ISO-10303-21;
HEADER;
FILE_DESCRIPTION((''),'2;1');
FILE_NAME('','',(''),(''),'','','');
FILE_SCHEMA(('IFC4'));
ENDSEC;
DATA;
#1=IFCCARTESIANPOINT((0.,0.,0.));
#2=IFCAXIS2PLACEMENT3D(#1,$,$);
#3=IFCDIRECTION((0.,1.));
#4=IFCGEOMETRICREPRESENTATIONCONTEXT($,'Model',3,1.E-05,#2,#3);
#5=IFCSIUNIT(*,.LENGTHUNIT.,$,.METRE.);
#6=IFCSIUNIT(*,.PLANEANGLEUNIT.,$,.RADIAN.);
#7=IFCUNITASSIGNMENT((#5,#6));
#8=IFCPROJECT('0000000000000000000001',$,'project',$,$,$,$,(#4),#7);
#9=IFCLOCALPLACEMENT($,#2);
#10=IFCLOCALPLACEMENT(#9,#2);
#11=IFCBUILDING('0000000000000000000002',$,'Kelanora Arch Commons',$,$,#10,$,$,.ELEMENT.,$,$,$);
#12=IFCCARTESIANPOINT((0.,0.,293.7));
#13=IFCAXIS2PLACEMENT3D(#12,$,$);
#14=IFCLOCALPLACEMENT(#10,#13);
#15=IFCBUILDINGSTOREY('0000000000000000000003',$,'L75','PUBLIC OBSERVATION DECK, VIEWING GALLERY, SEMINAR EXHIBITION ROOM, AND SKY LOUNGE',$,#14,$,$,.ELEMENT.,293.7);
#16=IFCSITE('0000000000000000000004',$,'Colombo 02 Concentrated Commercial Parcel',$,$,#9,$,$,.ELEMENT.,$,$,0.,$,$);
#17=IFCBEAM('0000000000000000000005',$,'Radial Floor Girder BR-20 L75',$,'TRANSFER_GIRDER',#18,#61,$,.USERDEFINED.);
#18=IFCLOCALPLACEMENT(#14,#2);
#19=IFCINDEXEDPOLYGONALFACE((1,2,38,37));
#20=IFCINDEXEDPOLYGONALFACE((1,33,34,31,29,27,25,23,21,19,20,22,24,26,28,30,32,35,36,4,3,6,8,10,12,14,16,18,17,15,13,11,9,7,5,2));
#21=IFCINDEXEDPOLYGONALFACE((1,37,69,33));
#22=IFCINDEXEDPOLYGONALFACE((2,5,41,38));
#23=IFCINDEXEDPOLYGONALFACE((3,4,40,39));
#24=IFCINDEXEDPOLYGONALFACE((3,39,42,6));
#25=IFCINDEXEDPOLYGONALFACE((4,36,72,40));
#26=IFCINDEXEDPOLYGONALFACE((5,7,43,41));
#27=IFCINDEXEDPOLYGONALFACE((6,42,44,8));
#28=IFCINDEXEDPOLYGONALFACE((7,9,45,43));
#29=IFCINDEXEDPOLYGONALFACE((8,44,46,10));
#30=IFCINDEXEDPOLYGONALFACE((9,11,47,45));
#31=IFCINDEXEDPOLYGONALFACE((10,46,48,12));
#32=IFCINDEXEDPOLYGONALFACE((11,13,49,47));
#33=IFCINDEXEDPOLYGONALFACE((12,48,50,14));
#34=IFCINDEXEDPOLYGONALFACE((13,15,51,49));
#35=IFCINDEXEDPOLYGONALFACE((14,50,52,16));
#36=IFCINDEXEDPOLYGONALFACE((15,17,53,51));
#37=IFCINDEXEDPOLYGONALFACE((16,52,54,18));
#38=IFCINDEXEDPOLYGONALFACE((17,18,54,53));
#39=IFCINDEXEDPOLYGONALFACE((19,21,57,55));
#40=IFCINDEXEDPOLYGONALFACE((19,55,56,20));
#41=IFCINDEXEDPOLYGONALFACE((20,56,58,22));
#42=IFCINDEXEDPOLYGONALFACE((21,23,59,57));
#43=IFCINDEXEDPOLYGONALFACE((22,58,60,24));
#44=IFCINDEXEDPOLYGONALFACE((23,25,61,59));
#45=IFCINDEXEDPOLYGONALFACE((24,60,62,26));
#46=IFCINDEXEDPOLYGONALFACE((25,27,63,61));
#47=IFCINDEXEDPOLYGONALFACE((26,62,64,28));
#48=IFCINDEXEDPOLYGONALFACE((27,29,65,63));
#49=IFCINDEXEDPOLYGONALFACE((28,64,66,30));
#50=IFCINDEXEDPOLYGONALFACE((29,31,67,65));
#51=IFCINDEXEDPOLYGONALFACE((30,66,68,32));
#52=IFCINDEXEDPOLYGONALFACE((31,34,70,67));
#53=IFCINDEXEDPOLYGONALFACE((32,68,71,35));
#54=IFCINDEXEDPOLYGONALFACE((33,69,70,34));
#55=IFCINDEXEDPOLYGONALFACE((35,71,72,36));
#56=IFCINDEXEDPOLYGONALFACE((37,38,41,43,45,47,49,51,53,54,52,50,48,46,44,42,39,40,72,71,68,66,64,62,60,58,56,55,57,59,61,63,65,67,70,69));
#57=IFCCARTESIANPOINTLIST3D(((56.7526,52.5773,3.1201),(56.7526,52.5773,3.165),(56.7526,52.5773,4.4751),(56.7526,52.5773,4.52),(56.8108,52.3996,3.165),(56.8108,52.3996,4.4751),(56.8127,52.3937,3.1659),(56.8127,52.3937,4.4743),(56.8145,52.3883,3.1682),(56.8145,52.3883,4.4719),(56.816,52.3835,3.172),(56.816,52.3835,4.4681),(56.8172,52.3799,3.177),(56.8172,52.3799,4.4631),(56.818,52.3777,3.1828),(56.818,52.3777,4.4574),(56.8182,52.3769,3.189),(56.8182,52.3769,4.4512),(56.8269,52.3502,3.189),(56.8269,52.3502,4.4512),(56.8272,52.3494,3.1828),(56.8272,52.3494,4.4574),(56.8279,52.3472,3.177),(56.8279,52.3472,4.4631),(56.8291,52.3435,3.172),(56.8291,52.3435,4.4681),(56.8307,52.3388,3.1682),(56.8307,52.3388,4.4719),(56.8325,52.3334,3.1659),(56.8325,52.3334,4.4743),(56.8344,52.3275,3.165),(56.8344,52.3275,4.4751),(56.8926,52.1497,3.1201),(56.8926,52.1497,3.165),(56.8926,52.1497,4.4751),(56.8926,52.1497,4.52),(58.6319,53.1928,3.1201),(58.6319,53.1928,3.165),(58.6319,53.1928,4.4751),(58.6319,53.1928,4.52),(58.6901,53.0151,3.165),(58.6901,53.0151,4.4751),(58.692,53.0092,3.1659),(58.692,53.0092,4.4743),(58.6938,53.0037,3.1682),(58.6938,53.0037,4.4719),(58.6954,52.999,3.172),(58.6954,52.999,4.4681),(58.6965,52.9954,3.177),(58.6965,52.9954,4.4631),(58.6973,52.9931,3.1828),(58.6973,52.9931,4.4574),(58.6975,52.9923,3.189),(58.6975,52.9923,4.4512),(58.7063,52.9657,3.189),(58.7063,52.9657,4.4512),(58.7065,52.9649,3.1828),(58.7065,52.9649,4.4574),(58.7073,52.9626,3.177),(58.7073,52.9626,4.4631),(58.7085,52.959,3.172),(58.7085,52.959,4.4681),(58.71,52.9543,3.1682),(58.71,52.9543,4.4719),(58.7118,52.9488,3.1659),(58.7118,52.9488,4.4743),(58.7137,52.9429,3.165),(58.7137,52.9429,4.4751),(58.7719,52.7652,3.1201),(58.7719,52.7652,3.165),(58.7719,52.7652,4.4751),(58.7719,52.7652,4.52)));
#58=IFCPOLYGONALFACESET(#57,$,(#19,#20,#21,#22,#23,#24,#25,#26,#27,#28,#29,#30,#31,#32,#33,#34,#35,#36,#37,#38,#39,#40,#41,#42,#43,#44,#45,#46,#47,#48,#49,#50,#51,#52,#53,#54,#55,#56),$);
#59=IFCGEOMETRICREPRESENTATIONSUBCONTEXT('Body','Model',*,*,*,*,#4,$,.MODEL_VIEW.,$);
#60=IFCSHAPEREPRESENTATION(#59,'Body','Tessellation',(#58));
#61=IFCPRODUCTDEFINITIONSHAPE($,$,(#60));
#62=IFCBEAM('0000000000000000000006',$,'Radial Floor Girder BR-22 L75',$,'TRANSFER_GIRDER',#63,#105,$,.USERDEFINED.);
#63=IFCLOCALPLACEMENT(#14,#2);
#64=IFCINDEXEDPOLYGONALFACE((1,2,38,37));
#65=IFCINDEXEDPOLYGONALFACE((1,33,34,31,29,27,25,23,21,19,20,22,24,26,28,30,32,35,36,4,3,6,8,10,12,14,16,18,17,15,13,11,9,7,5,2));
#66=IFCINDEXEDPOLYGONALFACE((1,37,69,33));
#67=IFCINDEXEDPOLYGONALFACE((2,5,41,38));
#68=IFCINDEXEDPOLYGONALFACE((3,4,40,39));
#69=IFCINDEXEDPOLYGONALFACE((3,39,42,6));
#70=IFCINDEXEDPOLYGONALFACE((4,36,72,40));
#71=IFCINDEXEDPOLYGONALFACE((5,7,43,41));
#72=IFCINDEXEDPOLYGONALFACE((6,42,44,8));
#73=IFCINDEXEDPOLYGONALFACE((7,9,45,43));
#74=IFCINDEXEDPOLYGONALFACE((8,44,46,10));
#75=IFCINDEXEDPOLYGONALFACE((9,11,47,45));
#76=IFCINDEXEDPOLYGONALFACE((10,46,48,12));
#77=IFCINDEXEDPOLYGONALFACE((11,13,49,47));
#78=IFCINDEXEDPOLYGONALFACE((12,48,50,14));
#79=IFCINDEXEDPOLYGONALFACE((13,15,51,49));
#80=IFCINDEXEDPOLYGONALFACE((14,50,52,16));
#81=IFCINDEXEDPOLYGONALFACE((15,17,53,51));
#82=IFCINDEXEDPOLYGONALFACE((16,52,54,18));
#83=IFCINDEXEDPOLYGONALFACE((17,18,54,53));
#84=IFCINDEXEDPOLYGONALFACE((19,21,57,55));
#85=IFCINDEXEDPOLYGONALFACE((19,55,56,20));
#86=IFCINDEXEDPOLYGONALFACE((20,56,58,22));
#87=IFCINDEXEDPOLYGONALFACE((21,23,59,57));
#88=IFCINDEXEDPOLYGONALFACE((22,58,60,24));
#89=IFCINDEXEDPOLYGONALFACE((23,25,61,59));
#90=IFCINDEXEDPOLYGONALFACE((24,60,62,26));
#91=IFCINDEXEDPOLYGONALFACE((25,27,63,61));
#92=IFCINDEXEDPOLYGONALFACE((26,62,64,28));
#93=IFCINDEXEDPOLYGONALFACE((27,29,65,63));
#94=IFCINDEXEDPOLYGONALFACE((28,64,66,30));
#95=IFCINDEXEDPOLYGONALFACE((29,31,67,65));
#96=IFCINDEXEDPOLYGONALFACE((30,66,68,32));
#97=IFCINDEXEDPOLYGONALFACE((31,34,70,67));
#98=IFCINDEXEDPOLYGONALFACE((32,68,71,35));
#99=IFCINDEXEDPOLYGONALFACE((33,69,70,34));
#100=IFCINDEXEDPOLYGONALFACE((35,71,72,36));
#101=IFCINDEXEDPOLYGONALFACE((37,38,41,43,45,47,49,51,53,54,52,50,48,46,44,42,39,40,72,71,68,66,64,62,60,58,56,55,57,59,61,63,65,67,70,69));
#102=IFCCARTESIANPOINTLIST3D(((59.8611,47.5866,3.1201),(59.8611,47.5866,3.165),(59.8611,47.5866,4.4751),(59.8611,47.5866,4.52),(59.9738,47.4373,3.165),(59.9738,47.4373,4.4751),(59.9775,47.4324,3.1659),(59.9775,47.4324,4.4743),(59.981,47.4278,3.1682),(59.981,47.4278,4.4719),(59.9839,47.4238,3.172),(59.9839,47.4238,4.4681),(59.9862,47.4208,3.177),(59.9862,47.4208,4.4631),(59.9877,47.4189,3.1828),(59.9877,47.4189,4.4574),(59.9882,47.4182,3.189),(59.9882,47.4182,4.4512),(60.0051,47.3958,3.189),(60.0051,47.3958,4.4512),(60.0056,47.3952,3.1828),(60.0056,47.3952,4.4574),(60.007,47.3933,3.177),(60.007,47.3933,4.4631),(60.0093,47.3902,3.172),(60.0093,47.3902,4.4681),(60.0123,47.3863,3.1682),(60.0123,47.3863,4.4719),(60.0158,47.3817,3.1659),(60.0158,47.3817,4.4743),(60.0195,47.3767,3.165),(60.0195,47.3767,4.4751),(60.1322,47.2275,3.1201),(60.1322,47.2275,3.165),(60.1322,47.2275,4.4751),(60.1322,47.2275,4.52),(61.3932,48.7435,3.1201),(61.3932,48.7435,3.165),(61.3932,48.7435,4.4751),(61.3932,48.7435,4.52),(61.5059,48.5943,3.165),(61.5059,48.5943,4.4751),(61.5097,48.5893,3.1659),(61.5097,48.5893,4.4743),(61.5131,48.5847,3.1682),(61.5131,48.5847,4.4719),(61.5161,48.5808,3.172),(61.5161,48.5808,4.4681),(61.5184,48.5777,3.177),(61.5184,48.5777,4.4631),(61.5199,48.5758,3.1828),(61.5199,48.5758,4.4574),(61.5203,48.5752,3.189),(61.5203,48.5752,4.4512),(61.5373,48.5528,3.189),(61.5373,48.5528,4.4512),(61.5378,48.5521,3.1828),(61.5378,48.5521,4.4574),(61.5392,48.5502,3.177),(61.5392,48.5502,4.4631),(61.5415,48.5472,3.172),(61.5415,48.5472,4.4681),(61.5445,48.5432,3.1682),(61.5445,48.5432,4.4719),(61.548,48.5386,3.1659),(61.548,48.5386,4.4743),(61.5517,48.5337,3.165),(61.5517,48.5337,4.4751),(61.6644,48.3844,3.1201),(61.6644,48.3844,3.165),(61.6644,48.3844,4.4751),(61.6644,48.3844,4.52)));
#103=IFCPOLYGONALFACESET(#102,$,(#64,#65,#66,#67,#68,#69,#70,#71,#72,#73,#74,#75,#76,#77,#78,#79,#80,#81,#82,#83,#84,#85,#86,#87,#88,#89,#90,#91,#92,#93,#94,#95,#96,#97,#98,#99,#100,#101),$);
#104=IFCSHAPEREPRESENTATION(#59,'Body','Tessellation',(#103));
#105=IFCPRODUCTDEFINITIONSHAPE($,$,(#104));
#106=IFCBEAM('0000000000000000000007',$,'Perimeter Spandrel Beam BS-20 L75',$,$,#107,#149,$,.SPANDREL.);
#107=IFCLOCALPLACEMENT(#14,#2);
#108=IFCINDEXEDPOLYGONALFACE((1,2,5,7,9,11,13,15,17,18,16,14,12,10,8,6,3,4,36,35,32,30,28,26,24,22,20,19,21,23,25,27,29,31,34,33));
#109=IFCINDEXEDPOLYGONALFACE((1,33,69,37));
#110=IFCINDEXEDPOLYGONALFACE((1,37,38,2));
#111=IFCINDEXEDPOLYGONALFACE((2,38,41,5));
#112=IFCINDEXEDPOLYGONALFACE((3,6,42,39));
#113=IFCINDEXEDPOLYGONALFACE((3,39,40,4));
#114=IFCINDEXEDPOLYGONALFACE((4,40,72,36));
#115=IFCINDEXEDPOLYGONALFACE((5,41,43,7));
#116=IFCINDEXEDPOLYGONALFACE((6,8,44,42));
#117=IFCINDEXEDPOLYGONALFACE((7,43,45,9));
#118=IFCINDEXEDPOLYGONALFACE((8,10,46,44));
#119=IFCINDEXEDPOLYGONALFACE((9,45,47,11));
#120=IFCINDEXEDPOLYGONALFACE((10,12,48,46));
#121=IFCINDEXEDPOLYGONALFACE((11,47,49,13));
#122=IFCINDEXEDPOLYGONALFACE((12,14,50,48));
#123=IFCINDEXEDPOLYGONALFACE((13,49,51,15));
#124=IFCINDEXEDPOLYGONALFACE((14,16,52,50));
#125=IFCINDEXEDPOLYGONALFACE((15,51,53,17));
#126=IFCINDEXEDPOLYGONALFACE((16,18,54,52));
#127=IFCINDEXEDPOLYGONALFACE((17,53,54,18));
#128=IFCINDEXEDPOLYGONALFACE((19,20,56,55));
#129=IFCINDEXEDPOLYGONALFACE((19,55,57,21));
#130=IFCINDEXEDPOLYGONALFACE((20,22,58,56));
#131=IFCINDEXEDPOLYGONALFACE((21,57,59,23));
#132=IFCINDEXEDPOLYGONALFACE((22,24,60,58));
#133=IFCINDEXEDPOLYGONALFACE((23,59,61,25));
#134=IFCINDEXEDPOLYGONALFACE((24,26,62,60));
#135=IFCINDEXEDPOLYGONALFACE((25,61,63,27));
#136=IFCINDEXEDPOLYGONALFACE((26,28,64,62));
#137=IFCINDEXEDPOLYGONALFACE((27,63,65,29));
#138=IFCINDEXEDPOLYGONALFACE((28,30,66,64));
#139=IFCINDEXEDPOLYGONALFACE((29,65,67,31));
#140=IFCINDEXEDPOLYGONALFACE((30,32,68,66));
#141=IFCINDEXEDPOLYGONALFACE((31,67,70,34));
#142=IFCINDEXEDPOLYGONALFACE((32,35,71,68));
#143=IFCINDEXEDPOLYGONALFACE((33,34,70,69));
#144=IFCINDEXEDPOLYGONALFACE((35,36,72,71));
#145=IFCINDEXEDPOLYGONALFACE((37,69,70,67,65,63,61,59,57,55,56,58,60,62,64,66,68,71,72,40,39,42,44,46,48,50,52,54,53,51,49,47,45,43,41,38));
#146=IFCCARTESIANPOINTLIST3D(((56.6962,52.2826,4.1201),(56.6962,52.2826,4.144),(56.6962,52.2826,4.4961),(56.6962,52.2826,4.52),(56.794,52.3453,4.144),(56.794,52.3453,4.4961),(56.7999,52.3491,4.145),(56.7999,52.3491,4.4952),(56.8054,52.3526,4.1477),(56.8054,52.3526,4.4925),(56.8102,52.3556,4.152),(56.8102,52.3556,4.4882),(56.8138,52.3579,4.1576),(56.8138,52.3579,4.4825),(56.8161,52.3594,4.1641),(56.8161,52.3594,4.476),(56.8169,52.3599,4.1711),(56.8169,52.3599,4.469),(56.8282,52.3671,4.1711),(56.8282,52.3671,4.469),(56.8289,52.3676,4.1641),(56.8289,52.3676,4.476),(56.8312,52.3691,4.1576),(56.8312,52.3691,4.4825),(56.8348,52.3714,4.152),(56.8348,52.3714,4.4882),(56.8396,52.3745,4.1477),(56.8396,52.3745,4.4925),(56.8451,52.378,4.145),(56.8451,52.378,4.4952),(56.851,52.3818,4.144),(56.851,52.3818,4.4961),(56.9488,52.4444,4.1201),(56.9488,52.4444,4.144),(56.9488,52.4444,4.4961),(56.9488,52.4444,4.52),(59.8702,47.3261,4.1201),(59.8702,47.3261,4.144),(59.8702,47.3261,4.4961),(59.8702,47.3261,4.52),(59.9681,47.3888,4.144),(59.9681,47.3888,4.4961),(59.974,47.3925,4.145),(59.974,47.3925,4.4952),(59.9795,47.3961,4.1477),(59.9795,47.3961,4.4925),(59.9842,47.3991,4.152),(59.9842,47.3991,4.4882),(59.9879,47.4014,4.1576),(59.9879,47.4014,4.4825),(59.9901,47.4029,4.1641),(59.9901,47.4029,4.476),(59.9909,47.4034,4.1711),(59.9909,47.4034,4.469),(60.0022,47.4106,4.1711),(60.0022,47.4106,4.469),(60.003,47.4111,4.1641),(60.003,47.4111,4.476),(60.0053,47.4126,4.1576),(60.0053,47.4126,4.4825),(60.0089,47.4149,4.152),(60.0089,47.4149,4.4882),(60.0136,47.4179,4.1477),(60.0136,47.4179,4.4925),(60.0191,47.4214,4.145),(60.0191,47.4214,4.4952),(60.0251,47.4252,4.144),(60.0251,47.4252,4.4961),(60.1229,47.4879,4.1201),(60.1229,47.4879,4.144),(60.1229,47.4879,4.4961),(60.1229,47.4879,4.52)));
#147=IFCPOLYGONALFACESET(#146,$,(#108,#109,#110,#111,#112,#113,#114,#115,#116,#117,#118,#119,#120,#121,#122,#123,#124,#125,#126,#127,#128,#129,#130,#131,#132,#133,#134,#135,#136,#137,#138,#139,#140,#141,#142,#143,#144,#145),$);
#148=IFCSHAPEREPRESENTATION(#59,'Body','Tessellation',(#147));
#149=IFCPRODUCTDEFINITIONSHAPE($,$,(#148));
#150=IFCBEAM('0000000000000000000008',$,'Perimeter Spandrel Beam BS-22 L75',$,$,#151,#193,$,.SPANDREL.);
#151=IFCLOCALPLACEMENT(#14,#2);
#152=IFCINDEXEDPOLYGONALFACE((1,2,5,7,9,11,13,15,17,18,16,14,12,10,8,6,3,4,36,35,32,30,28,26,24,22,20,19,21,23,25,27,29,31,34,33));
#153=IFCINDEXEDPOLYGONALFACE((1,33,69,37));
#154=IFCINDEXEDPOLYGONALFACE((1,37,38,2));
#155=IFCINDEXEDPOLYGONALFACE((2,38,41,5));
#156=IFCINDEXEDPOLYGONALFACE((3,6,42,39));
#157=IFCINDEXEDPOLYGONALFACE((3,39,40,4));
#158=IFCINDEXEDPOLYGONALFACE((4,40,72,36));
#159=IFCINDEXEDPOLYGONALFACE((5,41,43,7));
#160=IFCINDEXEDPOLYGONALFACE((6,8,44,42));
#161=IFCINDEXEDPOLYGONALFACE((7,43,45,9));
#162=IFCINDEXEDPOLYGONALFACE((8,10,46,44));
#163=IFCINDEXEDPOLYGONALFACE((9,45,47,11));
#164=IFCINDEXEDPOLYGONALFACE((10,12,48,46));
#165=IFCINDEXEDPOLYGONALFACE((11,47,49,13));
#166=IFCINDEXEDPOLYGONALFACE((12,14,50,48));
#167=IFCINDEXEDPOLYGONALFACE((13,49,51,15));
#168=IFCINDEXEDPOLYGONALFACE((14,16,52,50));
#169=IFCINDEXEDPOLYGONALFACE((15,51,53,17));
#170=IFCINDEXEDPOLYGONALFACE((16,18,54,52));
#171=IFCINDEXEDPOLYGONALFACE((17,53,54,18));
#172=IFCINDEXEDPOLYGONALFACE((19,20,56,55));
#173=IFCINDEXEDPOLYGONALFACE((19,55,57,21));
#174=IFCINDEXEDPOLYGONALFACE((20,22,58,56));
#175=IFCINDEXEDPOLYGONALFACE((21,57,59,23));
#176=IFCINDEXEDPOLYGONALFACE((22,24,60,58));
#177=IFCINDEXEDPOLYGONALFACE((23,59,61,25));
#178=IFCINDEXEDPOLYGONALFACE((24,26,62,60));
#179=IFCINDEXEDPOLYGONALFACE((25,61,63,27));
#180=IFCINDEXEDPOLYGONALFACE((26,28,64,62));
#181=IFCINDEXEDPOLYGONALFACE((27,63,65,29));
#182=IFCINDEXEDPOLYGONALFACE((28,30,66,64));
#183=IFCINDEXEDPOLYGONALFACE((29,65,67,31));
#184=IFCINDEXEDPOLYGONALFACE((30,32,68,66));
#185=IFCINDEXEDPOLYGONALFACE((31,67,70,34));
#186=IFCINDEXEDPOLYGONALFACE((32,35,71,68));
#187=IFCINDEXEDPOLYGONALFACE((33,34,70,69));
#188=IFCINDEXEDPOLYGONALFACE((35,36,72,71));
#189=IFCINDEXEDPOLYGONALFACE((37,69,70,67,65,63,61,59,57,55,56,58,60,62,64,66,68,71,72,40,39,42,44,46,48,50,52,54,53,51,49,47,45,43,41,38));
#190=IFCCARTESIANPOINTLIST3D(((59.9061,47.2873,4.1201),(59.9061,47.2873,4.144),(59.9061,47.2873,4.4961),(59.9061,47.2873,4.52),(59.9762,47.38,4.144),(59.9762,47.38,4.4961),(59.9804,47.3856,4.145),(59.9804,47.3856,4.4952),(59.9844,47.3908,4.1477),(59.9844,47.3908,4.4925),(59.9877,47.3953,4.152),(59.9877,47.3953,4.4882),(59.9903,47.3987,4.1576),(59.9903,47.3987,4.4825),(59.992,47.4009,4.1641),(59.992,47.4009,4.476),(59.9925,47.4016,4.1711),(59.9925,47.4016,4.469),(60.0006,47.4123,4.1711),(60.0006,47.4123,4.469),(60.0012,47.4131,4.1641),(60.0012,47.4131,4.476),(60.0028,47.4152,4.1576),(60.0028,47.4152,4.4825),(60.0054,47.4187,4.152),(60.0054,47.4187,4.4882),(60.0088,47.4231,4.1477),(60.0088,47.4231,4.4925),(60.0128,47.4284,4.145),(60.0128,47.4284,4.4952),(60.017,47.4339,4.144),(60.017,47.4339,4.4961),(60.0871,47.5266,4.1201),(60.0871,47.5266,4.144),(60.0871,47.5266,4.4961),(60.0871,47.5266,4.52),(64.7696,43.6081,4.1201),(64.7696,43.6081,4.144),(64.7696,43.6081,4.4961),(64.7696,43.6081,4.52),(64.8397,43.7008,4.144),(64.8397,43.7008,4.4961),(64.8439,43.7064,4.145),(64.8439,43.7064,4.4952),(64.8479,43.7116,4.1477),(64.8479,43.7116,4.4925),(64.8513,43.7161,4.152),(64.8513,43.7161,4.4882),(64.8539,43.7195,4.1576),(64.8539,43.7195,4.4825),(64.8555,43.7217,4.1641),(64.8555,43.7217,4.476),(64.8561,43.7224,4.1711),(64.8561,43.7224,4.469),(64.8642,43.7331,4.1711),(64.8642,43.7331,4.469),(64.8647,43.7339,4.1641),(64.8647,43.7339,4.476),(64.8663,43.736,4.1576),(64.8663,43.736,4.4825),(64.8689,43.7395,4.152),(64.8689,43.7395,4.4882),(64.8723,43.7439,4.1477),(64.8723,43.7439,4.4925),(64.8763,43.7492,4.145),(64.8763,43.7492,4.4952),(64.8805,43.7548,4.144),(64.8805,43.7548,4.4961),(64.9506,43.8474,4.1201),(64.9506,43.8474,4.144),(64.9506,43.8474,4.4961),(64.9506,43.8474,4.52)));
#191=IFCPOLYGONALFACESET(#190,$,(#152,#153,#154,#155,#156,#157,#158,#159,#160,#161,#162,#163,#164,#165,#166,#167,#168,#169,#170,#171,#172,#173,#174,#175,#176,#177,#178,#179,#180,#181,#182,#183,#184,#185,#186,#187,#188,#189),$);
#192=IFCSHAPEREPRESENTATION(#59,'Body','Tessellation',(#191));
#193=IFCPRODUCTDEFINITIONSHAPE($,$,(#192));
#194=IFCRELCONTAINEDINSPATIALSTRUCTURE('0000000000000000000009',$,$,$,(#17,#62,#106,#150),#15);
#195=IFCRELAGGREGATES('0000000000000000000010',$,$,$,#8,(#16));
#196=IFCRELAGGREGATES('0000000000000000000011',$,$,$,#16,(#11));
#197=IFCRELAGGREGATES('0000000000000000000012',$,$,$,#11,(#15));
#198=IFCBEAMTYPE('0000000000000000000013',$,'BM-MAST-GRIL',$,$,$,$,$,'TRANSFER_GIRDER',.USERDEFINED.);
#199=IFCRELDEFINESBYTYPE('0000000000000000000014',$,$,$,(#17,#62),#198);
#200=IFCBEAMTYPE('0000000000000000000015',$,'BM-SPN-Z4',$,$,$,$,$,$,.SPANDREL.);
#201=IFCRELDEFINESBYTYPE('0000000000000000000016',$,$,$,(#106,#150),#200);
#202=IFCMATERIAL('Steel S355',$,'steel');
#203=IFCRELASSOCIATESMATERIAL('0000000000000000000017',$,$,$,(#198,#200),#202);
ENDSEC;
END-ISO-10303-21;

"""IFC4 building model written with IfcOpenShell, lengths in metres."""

from ifc_helpers import new_model, si_unit, direction, frame, origin, origin_2d, place, context, subcontext, project, spatial, i_section, extrude, material, material_profile, profile_set, type_object, element, save


model = new_model("IFC4")

# Units and contexts
model_context = context("Model", 3, precision=1e-05, world=origin(), true_north=direction((0.0, 1.0)))
body_context = subcontext(model_context, "Body", "Model", "MODEL_VIEW")
ifc_project = project(units=[si_unit("LENGTHUNIT", "METRE"), si_unit("PLANEANGLEUNIT", "RADIAN")], contexts=[model_context])

# Site, building, storey
site_placement = place(None, origin())
site = spatial("IfcSite", under=ifc_project, at=site_placement, Name="Colombo 02 Concentrated Commercial Parcel", CompositionType="ELEMENT", RefElevation=0.0)
building_placement = place(site_placement, origin())
building = spatial("IfcBuilding", under=site, at=building_placement, Name="Kelanora Arch Commons", CompositionType="ELEMENT")
storey_placement = place(building_placement, frame((0.0, 0.0, 293.7)))
storey = spatial("IfcBuildingStorey", under=building, at=storey_placement, Name="L75", Description="PUBLIC OBSERVATION DECK, VIEWING GALLERY, SEMINAR EXHIBITION ROOM, AND SKY LOUNGE", CompositionType="ELEMENT", Elevation=293.7)

# Beams
ifc_material_1 = material(Name="Steel S355", Category="steel")
ifc_material_profile_1 = material_profile(ifc_material_1, i_section(OverallWidth=0.45, OverallDepth=1.3999, WebThickness=0.0281, FlangeThickness=0.0449, FilletRadius=0.0239, at=origin_2d()), Name="PG1400x450")
ifc_profile_set_1 = profile_set([ifc_material_profile_1], Name="Steel S355")
beam_type_1 = type_object("IfcBeamType", Name="BM-MAST-GRIL", ElementType="TRANSFER_GIRDER", PredefinedType="USERDEFINED", material=ifc_profile_set_1)
beam_1_placement = place(storey_placement, frame((58.7019, 52.979, 3.8201), z_axis=(-0.950337, -0.311224, 0.0), x_axis=(0.311224, -0.950337, 0.0)))
element("IfcBeam", 1, at=beam_1_placement, inside=storey, type_object=beam_type_1, Name="Radial Floor Girder BR-20 L75", ObjectType="TRANSFER_GIRDER", PredefinedType="USERDEFINED", context=body_context, shape_type="SweptSolid", body=[
    extrude(i_section(OverallWidth=0.45, OverallDepth=1.3999, WebThickness=0.0281, FlangeThickness=0.0449, FilletRadius=0.0239, at=origin_2d()), origin(), (0.0, 0.0, 1.0), 1.9775),
])
beam_2_placement = place(storey_placement, frame((61.5288, 48.564, 3.8201), z_axis=(-0.798043, -0.602601, 0.0), x_axis=(0.602601, -0.798043, 0.0)))
element("IfcBeam", 2, at=beam_2_placement, inside=storey, type_object=beam_type_1, Name="Radial Floor Girder BR-22 L75", ObjectType="TRANSFER_GIRDER", PredefinedType="USERDEFINED", context=body_context, shape_type="SweptSolid", body=[
    extrude(i_section(OverallWidth=0.45, OverallDepth=1.3999, WebThickness=0.0281, FlangeThickness=0.0449, FilletRadius=0.0239, at=origin_2d()), origin(), (0.0, 0.0, 1.0), 1.9199),
])
ifc_material_profile_2 = material_profile(ifc_material_1, i_section(OverallWidth=0.3, OverallDepth=0.3999, WebThickness=0.0134, FlangeThickness=0.0239, FilletRadius=0.0271, at=origin_2d()), Name="HEB400")
ifc_profile_set_2 = profile_set([ifc_material_profile_2], Name="Steel S355")
beam_type_2 = type_object("IfcBeamType", Name="BM-SPN-Z4", PredefinedType="SPANDREL", material=ifc_profile_set_2)
beam_3_placement = place(storey_placement, frame((56.8225, 52.3635, 4.3201), z_axis=(0.539281, -0.842126, 0.0), x_axis=(0.842126, 0.539281, 0.0)))
element("IfcBeam", 3, at=beam_3_placement, inside=storey, type_object=beam_type_2, Name="Perimeter Spandrel Beam BS-20 L75", PredefinedType="SPANDREL", context=body_context, shape_type="SweptSolid", body=[
    extrude(i_section(OverallWidth=0.3, OverallDepth=0.3999, WebThickness=0.0134, FlangeThickness=0.0239, FilletRadius=0.0271, at=origin_2d()), origin(), (0.0, 0.0, 1.0), 5.8857),
])
beam_4_placement = place(storey_placement, frame((59.9966, 47.407, 4.3201), z_axis=(0.797509, -0.603306, 0.0), x_axis=(0.603306, 0.797509, 0.0)))
element("IfcBeam", 4, at=beam_4_placement, inside=storey, type_object=beam_type_2, Name="Perimeter Spandrel Beam BS-22 L75", PredefinedType="SPANDREL", context=body_context, shape_type="SweptSolid", body=[
    extrude(i_section(OverallWidth=0.3, OverallDepth=0.3999, WebThickness=0.0134, FlangeThickness=0.0239, FilletRadius=0.0271, at=origin_2d()), origin(), (0.0, 0.0, 1.0), 6.0984),
])

save(model, "model.ifc")
